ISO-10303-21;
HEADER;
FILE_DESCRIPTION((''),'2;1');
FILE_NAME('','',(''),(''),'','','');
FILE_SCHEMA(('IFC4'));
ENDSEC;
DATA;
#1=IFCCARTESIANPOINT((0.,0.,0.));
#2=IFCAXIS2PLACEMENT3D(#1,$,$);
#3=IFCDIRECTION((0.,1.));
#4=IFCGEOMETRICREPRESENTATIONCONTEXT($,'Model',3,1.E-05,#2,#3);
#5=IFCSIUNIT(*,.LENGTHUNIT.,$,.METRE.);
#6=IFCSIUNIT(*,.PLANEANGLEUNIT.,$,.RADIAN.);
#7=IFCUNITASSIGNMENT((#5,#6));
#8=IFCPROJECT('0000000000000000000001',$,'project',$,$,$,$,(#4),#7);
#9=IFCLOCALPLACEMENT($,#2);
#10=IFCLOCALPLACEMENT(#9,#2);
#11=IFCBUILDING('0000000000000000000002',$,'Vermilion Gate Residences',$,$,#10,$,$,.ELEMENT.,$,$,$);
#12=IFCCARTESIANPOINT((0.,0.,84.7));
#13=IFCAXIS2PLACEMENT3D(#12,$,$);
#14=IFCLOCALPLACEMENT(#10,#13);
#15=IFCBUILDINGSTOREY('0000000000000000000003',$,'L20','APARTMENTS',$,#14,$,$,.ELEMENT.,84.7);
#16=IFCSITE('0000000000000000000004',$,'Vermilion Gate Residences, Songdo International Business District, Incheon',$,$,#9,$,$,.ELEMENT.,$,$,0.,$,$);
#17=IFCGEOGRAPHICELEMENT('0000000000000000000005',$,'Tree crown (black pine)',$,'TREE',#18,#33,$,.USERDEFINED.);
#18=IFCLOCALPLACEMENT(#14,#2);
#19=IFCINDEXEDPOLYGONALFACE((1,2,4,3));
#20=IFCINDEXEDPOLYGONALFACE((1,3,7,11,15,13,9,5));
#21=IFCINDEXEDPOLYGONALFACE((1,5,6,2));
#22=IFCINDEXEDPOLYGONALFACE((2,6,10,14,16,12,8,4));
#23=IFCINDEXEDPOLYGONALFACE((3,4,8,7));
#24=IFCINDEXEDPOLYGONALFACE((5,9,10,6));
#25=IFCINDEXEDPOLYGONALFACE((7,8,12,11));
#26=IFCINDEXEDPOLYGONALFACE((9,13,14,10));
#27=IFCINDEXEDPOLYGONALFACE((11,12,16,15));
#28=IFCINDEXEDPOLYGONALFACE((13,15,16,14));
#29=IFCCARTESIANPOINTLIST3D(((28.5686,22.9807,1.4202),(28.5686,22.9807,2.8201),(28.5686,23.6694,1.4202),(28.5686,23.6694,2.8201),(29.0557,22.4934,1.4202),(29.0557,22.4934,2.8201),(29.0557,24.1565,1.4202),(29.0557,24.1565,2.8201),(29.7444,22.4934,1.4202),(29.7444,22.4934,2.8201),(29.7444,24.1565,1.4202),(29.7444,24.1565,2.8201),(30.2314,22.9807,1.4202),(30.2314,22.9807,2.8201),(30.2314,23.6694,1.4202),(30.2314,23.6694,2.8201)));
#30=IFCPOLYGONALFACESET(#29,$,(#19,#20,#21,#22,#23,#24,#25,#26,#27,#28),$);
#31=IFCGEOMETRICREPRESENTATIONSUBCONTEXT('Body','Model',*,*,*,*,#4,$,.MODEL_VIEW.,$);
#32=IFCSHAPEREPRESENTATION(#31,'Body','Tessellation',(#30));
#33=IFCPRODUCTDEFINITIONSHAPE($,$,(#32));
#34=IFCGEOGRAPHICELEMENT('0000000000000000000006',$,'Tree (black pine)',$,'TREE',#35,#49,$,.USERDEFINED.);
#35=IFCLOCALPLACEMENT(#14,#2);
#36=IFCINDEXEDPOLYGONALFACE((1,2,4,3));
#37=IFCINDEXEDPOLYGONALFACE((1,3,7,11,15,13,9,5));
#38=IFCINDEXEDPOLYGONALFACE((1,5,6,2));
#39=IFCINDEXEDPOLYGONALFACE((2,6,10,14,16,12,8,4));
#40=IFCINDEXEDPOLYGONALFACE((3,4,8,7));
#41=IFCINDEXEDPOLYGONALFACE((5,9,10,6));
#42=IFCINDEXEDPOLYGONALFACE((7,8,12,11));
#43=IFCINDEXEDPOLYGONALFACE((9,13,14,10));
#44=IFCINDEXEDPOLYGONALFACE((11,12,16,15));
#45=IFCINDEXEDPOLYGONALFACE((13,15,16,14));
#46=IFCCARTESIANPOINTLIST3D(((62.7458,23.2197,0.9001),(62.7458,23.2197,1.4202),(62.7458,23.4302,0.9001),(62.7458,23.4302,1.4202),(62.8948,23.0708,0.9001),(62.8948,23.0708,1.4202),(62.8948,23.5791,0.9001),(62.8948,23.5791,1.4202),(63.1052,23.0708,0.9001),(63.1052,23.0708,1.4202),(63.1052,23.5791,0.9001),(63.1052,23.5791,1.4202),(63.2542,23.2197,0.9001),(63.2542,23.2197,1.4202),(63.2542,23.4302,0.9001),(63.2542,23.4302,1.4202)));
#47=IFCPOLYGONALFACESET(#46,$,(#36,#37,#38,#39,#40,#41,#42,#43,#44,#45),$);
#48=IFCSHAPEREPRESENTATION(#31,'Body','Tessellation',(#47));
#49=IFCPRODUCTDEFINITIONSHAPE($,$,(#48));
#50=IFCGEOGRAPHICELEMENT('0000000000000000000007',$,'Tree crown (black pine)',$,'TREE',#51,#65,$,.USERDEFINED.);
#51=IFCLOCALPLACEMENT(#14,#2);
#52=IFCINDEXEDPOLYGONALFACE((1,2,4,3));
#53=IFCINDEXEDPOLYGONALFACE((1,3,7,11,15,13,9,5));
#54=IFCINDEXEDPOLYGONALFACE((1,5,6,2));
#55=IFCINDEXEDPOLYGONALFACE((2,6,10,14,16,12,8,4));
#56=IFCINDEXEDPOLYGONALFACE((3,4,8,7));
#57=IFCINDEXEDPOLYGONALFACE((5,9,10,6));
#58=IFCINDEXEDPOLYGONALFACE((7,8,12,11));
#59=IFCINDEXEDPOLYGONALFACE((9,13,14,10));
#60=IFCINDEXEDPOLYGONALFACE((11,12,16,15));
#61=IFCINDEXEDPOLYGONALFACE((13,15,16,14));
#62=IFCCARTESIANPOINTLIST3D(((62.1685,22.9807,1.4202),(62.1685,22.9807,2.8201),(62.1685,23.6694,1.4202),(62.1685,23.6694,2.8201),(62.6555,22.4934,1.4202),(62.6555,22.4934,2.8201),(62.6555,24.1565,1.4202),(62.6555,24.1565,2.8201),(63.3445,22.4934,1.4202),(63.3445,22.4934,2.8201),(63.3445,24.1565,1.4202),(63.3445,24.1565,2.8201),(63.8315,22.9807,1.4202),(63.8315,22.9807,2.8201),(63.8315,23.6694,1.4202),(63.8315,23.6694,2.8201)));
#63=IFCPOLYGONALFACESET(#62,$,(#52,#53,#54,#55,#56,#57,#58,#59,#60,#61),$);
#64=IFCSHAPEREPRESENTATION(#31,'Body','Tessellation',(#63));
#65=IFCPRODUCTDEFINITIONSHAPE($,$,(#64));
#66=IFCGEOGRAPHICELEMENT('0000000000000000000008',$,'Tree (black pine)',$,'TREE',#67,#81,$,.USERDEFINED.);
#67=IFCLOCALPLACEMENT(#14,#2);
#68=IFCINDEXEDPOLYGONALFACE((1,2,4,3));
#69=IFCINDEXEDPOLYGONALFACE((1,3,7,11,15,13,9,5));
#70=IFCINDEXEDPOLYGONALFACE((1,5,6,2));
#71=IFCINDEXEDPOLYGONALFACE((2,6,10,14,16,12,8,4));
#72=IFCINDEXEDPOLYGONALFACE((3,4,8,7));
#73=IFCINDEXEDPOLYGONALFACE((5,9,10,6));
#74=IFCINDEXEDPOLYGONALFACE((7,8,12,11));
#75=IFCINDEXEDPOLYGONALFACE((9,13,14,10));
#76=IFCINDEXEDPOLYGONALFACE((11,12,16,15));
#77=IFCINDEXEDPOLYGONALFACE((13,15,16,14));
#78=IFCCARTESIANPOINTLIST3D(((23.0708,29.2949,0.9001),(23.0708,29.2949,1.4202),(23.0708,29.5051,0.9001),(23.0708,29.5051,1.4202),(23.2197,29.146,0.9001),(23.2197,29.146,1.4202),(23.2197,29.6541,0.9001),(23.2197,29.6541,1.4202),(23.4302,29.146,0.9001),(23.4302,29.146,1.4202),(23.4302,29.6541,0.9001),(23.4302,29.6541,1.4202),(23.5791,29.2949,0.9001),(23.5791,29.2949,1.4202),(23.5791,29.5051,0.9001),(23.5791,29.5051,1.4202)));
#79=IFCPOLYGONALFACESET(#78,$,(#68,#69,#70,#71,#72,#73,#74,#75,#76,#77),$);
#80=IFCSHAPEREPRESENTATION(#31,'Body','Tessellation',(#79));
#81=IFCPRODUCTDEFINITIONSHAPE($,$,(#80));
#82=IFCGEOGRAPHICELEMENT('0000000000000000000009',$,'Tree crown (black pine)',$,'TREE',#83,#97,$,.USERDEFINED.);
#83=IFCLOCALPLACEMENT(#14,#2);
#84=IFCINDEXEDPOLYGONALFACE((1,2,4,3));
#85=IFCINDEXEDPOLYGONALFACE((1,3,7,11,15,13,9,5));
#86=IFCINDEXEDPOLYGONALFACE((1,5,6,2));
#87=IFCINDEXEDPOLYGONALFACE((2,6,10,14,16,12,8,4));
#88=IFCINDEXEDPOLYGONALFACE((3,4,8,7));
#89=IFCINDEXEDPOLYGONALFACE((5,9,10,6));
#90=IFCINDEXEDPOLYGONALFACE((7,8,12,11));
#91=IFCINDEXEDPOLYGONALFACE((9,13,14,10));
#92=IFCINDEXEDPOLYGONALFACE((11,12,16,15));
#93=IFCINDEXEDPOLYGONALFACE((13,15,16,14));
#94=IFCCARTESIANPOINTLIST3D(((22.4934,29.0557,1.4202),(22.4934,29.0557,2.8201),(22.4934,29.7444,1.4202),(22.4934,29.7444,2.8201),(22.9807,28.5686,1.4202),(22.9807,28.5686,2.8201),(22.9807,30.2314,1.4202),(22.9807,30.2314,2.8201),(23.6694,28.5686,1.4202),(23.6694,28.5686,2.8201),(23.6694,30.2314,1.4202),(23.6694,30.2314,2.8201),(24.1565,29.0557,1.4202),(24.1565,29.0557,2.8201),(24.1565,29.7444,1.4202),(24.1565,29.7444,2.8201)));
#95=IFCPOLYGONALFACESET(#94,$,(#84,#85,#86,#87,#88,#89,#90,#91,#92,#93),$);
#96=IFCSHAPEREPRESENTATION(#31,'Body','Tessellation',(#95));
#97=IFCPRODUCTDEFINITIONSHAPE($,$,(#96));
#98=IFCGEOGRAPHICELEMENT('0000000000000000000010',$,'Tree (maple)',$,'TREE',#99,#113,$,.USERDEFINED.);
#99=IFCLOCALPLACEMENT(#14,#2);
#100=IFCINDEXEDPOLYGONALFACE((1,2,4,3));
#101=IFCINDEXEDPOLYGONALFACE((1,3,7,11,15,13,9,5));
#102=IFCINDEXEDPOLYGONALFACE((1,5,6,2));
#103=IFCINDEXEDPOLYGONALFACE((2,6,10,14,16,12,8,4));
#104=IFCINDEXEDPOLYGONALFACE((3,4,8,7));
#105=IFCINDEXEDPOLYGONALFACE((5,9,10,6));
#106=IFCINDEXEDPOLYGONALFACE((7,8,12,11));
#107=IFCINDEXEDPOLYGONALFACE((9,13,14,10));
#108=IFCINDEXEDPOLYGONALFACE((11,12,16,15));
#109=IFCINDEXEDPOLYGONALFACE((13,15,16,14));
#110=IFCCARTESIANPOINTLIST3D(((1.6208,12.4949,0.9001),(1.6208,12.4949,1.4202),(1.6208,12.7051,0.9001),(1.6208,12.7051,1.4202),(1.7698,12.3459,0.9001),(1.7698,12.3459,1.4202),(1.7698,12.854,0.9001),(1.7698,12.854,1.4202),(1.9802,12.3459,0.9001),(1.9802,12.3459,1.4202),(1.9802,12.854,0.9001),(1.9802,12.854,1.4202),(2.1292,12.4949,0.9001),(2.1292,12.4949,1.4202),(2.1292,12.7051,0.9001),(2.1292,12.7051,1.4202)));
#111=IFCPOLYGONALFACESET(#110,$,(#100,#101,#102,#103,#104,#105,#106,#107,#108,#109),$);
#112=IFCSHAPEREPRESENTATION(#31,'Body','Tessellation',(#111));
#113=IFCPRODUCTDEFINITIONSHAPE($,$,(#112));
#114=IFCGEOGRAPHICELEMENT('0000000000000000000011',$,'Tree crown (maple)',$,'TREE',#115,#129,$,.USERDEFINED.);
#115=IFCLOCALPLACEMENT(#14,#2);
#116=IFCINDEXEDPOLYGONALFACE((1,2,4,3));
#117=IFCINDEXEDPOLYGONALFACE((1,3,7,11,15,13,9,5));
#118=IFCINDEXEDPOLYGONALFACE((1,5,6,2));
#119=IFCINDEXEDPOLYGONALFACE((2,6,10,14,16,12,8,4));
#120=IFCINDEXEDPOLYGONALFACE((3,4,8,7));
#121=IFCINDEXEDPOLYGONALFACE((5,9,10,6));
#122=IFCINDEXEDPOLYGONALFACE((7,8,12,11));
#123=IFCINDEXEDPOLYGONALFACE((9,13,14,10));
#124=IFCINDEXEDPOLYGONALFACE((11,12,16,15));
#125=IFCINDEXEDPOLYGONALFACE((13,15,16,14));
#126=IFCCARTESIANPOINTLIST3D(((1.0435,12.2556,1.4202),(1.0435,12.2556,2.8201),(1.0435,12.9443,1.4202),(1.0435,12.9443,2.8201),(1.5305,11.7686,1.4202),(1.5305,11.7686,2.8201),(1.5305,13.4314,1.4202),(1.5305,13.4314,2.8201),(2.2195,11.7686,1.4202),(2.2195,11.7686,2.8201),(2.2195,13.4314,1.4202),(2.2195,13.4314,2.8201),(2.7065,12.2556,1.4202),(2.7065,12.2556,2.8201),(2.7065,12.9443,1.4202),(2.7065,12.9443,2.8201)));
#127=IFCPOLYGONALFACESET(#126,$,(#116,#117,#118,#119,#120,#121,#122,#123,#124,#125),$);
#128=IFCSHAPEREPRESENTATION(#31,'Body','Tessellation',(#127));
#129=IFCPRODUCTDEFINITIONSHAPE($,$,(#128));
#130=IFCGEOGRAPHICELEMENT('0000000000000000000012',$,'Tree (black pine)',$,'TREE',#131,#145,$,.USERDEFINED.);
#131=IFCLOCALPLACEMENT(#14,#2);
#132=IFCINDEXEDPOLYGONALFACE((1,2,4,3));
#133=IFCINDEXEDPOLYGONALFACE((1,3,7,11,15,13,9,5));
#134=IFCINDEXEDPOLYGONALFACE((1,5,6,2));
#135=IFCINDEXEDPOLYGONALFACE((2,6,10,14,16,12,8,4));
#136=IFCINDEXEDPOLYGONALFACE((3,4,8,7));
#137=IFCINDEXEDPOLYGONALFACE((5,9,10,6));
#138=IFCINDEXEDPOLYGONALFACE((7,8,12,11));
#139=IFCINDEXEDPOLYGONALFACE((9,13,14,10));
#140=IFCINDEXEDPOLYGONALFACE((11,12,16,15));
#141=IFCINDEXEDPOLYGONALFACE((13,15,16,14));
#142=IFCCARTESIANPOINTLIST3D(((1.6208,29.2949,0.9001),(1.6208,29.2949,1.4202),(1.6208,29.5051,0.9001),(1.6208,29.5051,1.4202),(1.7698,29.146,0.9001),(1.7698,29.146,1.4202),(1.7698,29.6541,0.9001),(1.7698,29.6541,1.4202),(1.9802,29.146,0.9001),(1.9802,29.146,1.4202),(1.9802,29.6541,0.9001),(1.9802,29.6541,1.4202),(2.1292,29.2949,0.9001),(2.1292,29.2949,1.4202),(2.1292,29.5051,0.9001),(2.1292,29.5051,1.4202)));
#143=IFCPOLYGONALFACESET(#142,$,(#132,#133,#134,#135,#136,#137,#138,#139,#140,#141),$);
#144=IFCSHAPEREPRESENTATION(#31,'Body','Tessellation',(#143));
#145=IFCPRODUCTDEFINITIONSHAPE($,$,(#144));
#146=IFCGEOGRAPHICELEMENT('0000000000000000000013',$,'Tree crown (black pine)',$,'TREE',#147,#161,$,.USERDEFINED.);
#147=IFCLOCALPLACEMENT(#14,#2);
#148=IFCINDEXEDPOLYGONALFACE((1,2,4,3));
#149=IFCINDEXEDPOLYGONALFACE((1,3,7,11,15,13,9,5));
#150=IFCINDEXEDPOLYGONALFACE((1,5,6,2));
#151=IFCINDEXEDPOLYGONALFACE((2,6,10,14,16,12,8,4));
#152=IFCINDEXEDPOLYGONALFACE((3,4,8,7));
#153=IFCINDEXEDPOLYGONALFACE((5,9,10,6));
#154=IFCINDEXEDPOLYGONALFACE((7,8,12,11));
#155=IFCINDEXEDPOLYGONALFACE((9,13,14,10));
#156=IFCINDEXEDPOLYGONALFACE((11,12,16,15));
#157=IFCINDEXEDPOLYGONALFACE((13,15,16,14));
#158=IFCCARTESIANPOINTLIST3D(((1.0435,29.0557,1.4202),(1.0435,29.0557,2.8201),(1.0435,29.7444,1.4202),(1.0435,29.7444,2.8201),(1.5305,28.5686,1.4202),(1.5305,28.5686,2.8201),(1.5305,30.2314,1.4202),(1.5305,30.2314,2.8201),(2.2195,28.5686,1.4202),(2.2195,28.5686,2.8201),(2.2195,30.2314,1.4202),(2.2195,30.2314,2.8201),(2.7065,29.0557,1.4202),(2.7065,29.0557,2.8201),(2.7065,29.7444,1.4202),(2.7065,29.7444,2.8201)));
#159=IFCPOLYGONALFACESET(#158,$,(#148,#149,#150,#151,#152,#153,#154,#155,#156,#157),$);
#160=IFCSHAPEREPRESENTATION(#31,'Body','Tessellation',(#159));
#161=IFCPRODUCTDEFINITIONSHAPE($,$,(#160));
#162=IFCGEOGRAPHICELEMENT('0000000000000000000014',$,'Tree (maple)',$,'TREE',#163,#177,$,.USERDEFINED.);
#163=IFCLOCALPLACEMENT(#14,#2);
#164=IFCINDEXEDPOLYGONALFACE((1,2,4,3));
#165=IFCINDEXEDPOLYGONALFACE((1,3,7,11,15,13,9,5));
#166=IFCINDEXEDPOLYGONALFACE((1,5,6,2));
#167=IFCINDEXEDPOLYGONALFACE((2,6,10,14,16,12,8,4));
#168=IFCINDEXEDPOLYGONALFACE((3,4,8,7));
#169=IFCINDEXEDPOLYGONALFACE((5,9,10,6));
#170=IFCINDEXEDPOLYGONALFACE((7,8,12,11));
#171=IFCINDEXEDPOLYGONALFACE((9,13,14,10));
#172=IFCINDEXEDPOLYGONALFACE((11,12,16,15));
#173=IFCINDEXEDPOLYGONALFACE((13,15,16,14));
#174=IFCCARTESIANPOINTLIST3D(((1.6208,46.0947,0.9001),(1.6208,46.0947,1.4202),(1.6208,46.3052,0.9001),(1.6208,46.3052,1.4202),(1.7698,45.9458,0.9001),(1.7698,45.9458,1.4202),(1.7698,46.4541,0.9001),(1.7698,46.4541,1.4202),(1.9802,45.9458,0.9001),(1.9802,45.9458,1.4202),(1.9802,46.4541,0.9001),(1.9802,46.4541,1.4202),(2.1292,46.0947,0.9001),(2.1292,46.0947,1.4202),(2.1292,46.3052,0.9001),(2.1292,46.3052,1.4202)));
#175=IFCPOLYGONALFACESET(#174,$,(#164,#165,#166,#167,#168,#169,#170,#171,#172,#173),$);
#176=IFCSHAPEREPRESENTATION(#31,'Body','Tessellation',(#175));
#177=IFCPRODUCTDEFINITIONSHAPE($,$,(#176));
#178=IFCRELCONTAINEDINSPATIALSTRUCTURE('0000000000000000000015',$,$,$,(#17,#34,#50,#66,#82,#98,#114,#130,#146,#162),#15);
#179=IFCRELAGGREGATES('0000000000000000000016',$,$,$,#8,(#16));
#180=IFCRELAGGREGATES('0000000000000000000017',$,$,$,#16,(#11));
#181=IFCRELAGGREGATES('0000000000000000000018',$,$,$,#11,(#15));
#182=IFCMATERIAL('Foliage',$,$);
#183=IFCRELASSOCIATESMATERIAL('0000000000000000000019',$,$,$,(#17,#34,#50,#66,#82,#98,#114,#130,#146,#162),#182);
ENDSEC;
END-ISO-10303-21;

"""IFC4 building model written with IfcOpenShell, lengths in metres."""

from ifc_helpers import new_model, si_unit, direction, frame, origin, place, context, subcontext, project, spatial, polyline, outline, extrude, material, element, save


model = new_model("IFC4")

# Units and contexts
model_context = context("Model", 3, precision=1e-05, world=origin(), true_north=direction((0.0, 1.0)))
body_context = subcontext(model_context, "Body", "Model", "MODEL_VIEW")
ifc_project = project(units=[si_unit("LENGTHUNIT", "METRE"), si_unit("PLANEANGLEUNIT", "RADIAN")], contexts=[model_context])

# Site, building, storey
site_placement = place(None, origin())
site = spatial("IfcSite", under=ifc_project, at=site_placement, Name="Vermilion Gate Residences, Songdo International Business District, Incheon", CompositionType="ELEMENT", RefElevation=0.0)
building_placement = place(site_placement, origin())
building = spatial("IfcBuilding", under=site, at=building_placement, Name="Vermilion Gate Residences", CompositionType="ELEMENT")
storey_placement = place(building_placement, frame((0.0, 0.0, 84.7)))
storey = spatial("IfcBuildingStorey", under=building, at=storey_placement, Name="L20", Description="APARTMENTS", CompositionType="ELEMENT", Elevation=84.7)

# Geographic elements
ifc_material_1 = material(Name="Foliage")
geographic_element_1_placement = place(storey_placement, frame((0.0, 0.0, 1.4202)))
element("IfcGeographicElement", 1, at=geographic_element_1_placement, inside=storey, material=ifc_material_1, Name="Tree crown (black pine)", ObjectType="TREE", PredefinedType="USERDEFINED", context=body_context, shape_type="SweptSolid", body=[
    extrude(outline(polyline([(30.2314, 23.6694), (29.7444, 24.1565), (29.0557, 24.1565), (28.5686, 23.6694), (28.5686, 22.9807), (29.0557, 22.4934), (29.7444, 22.4934), (30.2314, 22.9807), (30.2314, 23.6694)])), origin(), (0.0, 0.0, 1.0), 1.3999),
])
geographic_element_2_placement = place(storey_placement, frame((0.0, 0.0, 0.9001)))
element("IfcGeographicElement", 2, at=geographic_element_2_placement, inside=storey, material=ifc_material_1, Name="Tree (black pine)", ObjectType="TREE", PredefinedType="USERDEFINED", context=body_context, shape_type="SweptSolid", body=[
    extrude(outline(polyline([(63.2542, 23.4302), (63.1052, 23.5791), (62.8948, 23.5791), (62.7458, 23.4302), (62.7458, 23.2197), (62.8948, 23.0708), (63.1052, 23.0708), (63.2542, 23.2197), (63.2542, 23.4302)])), origin(), (0.0, 0.0, 1.0), 0.52),
])
geographic_element_3_placement = place(storey_placement, frame((0.0, 0.0, 1.4202)))
element("IfcGeographicElement", 3, at=geographic_element_3_placement, inside=storey, material=ifc_material_1, Name="Tree crown (black pine)", ObjectType="TREE", PredefinedType="USERDEFINED", context=body_context, shape_type="SweptSolid", body=[
    extrude(outline(polyline([(63.8315, 23.6694), (63.3445, 24.1565), (62.6555, 24.1565), (62.1685, 23.6694), (62.1685, 22.9807), (62.6555, 22.4934), (63.3445, 22.4934), (63.8315, 22.9807), (63.8315, 23.6694)])), origin(), (0.0, 0.0, 1.0), 1.3999),
])
geographic_element_4_placement = place(storey_placement, frame((0.0, 0.0, 0.9001)))
element("IfcGeographicElement", 4, at=geographic_element_4_placement, inside=storey, material=ifc_material_1, Name="Tree (black pine)", ObjectType="TREE", PredefinedType="USERDEFINED", context=body_context, shape_type="SweptSolid", body=[
    extrude(outline(polyline([(23.5791, 29.5051), (23.4302, 29.6541), (23.2197, 29.6541), (23.0708, 29.5051), (23.0708, 29.2949), (23.2197, 29.146), (23.4302, 29.146), (23.5791, 29.2949), (23.5791, 29.5051)])), origin(), (0.0, 0.0, 1.0), 0.52),
])
geographic_element_5_placement = place(storey_placement, frame((0.0, 0.0, 1.4202)))
element("IfcGeographicElement", 5, at=geographic_element_5_placement, inside=storey, material=ifc_material_1, Name="Tree crown (black pine)", ObjectType="TREE", PredefinedType="USERDEFINED", context=body_context, shape_type="SweptSolid", body=[
    extrude(outline(polyline([(24.1565, 29.7444), (23.6694, 30.2314), (22.9807, 30.2314), (22.4934, 29.7444), (22.4934, 29.0557), (22.9807, 28.5686), (23.6694, 28.5686), (24.1565, 29.0557), (24.1565, 29.7444)])), origin(), (0.0, 0.0, 1.0), 1.3999),
])
geographic_element_6_placement = place(storey_placement, frame((0.0, 0.0, 0.9001)))
element("IfcGeographicElement", 6, at=geographic_element_6_placement, inside=storey, material=ifc_material_1, Name="Tree (maple)", ObjectType="TREE", PredefinedType="USERDEFINED", context=body_context, shape_type="SweptSolid", body=[
    extrude(outline(polyline([(2.1292, 12.7051), (1.9802, 12.854), (1.7698, 12.854), (1.6208, 12.7051), (1.6208, 12.4949), (1.7698, 12.3459), (1.9802, 12.3459), (2.1292, 12.4949), (2.1292, 12.7051)])), origin(), (0.0, 0.0, 1.0), 0.52),
])
geographic_element_7_placement = place(storey_placement, frame((0.0, 0.0, 1.4202)))
element("IfcGeographicElement", 7, at=geographic_element_7_placement, inside=storey, material=ifc_material_1, Name="Tree crown (maple)", ObjectType="TREE", PredefinedType="USERDEFINED", context=body_context, shape_type="SweptSolid", body=[
    extrude(outline(polyline([(2.7065, 12.9443), (2.2195, 13.4314), (1.5305, 13.4314), (1.0435, 12.9443), (1.0435, 12.2556), (1.5305, 11.7686), (2.2195, 11.7686), (2.7065, 12.2556), (2.7065, 12.9443)])), origin(), (0.0, 0.0, 1.0), 1.3999),
])
geographic_element_8_placement = place(storey_placement, frame((0.0, 0.0, 0.9001)))
element("IfcGeographicElement", 8, at=geographic_element_8_placement, inside=storey, material=ifc_material_1, Name="Tree (black pine)", ObjectType="TREE", PredefinedType="USERDEFINED", context=body_context, shape_type="SweptSolid", body=[
    extrude(outline(polyline([(2.1292, 29.5051), (1.9802, 29.6541), (1.7698, 29.6541), (1.6208, 29.5051), (1.6208, 29.2949), (1.7698, 29.146), (1.9802, 29.146), (2.1292, 29.2949), (2.1292, 29.5051)])), origin(), (0.0, 0.0, 1.0), 0.52),
])
geographic_element_9_placement = place(storey_placement, frame((0.0, 0.0, 1.4202)))
element("IfcGeographicElement", 9, at=geographic_element_9_placement, inside=storey, material=ifc_material_1, Name="Tree crown (black pine)", ObjectType="TREE", PredefinedType="USERDEFINED", context=body_context, shape_type="SweptSolid", body=[
    extrude(outline(polyline([(2.7065, 29.7444), (2.2195, 30.2314), (1.5305, 30.2314), (1.0435, 29.7444), (1.0435, 29.0557), (1.5305, 28.5686), (2.2195, 28.5686), (2.7065, 29.0557), (2.7065, 29.7444)])), origin(), (0.0, 0.0, 1.0), 1.3999),
])
geographic_element_10_placement = place(storey_placement, frame((0.0, 0.0, 0.9001)))
element("IfcGeographicElement", 10, at=geographic_element_10_placement, inside=storey, material=ifc_material_1, Name="Tree (maple)", ObjectType="TREE", PredefinedType="USERDEFINED", context=body_context, shape_type="SweptSolid", body=[
    extrude(outline(polyline([(2.1292, 46.3052), (1.9802, 46.4541), (1.7698, 46.4541), (1.6208, 46.3052), (1.6208, 46.0947), (1.7698, 45.9458), (1.9802, 45.9458), (2.1292, 46.0947), (2.1292, 46.3052)])), origin(), (0.0, 0.0, 1.0), 0.52),
])

save(model, "model.ifc")
